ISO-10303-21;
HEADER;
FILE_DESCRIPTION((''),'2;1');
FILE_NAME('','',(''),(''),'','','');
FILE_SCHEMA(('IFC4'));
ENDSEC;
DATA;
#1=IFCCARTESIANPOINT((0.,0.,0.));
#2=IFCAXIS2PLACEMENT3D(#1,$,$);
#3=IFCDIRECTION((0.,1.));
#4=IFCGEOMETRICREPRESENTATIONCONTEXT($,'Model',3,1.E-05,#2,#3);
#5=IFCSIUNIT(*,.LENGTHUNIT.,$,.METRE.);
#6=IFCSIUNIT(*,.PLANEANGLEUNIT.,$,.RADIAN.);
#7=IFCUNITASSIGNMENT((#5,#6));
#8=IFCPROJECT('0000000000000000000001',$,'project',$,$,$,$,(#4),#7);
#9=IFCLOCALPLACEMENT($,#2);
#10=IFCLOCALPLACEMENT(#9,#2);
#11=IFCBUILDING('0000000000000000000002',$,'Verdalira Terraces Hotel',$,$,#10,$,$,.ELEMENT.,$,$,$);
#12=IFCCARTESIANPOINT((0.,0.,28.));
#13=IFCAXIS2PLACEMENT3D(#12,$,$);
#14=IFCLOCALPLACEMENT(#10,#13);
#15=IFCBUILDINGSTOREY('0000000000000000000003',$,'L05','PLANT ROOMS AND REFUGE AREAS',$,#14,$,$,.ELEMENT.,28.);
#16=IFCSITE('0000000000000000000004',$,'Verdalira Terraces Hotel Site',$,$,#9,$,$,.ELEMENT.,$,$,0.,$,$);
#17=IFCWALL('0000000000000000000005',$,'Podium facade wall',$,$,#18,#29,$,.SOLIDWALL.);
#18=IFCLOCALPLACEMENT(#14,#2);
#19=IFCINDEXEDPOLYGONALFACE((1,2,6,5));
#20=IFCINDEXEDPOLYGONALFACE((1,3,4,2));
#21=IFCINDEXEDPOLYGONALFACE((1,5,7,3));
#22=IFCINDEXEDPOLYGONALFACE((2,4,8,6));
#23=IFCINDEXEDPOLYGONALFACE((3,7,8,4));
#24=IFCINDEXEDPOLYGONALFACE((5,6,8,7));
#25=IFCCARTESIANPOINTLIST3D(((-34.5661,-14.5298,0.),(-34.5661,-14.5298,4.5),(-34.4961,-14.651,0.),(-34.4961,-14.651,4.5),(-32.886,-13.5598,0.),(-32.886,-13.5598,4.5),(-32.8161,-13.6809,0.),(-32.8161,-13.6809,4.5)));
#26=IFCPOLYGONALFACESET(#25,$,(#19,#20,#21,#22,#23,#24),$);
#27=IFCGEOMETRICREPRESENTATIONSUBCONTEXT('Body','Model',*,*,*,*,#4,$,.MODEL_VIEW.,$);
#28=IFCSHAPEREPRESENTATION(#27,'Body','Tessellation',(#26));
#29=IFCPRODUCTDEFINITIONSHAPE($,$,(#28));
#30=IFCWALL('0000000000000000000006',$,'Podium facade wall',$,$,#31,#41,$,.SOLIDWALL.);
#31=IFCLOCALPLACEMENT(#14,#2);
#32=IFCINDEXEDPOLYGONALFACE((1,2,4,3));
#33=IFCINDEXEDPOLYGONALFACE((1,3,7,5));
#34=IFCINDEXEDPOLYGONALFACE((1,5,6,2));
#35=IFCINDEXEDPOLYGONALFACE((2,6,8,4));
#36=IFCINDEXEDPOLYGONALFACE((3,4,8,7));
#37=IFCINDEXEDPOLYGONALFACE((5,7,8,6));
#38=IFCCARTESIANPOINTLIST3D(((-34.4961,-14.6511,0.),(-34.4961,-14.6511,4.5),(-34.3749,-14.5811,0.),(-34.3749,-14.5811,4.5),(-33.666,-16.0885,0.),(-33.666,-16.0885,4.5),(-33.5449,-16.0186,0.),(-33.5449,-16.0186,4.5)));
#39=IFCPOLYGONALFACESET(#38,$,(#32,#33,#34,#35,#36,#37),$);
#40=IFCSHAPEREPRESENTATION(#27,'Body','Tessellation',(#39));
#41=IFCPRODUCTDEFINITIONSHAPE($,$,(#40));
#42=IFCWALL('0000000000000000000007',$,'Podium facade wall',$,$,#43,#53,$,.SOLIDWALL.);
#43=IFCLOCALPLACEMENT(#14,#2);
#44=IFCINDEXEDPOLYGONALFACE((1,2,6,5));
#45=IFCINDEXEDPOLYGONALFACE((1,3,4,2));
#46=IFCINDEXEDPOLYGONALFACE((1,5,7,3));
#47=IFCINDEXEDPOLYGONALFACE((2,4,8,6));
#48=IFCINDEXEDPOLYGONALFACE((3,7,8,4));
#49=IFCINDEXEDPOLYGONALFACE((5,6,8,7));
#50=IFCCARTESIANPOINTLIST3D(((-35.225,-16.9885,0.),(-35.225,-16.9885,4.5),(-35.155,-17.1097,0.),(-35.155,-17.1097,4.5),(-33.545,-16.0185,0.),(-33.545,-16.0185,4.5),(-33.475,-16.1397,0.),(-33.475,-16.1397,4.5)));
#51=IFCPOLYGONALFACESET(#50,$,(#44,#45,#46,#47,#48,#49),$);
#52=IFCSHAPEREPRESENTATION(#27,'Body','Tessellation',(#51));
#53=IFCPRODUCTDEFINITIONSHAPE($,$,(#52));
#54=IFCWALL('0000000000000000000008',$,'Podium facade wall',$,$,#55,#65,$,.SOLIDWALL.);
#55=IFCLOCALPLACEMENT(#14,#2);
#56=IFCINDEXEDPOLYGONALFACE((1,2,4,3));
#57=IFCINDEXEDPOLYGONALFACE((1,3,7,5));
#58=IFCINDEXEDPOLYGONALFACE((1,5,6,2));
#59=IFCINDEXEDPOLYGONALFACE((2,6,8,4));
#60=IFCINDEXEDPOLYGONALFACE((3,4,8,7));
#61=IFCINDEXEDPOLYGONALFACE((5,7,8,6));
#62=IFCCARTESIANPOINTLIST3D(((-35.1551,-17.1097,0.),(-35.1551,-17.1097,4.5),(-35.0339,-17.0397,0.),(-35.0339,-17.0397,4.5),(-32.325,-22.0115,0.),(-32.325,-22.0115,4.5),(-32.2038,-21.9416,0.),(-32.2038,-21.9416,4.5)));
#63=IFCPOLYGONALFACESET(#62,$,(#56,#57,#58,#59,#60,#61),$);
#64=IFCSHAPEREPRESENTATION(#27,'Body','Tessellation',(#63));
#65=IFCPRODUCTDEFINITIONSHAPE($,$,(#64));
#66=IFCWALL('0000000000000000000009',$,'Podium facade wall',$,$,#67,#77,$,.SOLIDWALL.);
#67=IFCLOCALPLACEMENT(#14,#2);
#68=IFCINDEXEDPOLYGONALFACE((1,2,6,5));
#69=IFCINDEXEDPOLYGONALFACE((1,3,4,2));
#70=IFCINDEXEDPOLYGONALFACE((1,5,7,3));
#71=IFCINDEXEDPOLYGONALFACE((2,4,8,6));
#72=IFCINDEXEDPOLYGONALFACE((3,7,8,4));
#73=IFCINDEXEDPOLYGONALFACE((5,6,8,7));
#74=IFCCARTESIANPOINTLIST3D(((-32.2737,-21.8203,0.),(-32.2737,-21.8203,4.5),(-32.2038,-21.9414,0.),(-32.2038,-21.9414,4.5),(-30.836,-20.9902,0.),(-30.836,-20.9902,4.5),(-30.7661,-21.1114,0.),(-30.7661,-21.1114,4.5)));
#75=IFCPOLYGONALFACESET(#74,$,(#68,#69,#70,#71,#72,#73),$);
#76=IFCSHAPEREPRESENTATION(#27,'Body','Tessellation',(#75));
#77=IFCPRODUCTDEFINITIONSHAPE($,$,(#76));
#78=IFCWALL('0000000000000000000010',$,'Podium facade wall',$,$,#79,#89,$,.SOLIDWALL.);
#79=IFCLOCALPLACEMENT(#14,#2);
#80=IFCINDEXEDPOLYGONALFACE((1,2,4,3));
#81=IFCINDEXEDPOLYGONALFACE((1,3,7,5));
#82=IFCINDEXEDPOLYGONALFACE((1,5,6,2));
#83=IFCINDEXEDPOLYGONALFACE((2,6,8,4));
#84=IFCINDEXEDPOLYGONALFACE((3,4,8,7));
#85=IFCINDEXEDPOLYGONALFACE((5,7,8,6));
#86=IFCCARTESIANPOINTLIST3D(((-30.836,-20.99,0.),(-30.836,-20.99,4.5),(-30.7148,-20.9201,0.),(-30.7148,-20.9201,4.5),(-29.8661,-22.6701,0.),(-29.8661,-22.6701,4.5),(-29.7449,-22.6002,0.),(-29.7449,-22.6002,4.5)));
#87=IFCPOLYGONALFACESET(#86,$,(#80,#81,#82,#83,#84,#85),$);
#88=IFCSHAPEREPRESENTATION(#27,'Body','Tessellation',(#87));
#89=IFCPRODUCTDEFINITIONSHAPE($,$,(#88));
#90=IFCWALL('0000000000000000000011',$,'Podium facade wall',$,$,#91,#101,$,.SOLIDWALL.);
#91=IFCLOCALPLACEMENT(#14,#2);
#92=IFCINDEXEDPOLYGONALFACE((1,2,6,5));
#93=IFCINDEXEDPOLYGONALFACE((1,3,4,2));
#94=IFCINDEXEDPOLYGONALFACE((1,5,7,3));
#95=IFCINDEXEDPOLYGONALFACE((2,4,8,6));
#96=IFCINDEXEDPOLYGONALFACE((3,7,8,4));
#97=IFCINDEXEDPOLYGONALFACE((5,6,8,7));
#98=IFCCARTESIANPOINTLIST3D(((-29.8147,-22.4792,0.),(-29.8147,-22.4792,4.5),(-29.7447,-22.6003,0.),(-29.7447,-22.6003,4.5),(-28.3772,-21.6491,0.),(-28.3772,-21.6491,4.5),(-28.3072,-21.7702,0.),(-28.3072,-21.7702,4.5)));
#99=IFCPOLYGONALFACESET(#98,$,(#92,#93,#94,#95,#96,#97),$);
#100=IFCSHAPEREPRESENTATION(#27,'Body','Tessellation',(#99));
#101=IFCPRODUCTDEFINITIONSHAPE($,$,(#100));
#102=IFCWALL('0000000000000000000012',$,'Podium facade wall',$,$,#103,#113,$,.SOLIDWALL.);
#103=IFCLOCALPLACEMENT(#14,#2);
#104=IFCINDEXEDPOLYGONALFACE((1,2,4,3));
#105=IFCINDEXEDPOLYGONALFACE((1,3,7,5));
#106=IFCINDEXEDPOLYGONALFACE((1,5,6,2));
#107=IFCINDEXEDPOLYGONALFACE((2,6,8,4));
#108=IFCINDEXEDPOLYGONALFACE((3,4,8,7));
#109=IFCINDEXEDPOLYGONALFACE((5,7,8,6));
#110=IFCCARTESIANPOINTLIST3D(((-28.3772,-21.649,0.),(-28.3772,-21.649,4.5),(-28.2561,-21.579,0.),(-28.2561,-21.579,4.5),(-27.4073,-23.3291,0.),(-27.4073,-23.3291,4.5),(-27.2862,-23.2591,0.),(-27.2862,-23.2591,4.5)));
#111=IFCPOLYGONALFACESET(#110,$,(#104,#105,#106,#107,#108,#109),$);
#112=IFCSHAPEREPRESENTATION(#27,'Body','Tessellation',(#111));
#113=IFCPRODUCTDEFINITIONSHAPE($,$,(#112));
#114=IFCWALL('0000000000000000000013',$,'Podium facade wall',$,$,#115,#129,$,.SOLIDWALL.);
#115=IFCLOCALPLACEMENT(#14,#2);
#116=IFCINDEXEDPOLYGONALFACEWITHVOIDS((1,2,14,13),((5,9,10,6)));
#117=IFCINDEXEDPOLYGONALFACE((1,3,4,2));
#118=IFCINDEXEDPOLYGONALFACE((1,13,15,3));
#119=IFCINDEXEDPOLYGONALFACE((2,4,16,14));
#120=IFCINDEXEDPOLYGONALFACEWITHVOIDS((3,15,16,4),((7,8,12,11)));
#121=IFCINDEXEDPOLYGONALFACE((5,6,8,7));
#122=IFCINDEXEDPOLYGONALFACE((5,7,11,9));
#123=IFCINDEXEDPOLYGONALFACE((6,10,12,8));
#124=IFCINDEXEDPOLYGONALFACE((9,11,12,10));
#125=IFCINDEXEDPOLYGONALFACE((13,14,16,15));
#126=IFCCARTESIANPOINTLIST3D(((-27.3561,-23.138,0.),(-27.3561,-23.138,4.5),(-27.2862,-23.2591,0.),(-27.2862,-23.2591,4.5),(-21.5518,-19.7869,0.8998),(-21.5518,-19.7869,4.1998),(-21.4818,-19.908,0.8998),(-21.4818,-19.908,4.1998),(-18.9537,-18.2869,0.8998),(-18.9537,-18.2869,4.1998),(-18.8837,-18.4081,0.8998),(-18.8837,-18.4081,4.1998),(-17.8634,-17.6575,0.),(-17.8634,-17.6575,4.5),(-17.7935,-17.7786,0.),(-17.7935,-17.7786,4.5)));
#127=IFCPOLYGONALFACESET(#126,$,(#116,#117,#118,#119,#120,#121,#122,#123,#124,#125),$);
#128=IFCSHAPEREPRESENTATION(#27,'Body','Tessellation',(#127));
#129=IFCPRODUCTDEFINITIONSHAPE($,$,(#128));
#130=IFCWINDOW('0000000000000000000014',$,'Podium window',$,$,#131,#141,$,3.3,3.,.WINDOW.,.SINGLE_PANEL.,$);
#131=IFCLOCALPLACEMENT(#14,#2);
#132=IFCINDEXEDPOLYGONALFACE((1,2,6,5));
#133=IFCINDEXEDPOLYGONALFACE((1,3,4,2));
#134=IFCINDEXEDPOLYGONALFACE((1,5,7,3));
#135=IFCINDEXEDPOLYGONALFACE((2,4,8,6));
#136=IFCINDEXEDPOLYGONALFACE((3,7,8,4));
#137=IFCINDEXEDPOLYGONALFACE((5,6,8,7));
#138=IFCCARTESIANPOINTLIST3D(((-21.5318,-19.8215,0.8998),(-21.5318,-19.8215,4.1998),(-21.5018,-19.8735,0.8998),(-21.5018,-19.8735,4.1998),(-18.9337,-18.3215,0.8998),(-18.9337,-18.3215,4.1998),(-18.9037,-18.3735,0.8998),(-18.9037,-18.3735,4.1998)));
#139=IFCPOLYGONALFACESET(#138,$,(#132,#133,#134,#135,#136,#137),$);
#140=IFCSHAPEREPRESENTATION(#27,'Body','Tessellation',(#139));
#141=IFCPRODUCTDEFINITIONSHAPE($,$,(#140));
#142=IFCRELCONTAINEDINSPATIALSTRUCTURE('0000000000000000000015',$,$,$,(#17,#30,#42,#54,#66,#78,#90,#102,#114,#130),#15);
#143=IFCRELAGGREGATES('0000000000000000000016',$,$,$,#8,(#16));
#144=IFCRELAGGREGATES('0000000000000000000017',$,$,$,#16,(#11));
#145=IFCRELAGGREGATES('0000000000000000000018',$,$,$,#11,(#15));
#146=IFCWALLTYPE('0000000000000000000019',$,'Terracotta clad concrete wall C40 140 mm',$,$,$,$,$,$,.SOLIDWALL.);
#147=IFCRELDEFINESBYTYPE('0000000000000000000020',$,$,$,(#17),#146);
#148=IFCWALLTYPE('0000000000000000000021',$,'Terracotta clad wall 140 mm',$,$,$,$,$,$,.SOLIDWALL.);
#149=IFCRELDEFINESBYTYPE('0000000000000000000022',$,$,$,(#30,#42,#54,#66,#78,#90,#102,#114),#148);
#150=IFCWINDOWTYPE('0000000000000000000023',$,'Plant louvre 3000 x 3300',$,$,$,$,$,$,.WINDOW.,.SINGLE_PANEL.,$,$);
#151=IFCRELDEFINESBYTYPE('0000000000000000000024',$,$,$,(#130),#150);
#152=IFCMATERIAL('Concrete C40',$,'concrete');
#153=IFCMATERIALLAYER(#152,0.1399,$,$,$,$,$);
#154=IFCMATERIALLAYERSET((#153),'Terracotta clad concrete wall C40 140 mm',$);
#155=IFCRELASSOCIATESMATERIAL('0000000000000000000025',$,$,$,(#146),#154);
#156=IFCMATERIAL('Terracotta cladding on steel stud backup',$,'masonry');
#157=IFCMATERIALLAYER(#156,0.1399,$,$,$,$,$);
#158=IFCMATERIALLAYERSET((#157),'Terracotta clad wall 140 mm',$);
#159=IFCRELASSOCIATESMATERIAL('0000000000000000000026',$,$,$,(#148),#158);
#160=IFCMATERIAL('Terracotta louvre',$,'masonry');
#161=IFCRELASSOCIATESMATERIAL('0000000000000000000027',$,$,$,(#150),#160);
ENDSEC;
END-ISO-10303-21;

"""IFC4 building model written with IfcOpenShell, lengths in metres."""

from ifc_helpers import new_model, si_unit, direction, frame, frame_2d, origin, place, context, subcontext, project, spatial, rectangle, extrude, material, layer, layer_set, type_object, element, fill, save


model = new_model("IFC4")

# Units and contexts
model_context = context("Model", 3, precision=1e-05, world=origin(), true_north=direction((0.0, 1.0)))
body_context = subcontext(model_context, "Body", "Model", "MODEL_VIEW")
ifc_project = project(units=[si_unit("LENGTHUNIT", "METRE"), si_unit("PLANEANGLEUNIT", "RADIAN")], contexts=[model_context])

# Site, building, storey
site_placement = place(None, origin())
site = spatial("IfcSite", under=ifc_project, at=site_placement, Name="Verdalira Terraces Hotel Site", CompositionType="ELEMENT", RefElevation=0.0)
building_placement = place(site_placement, origin())
building = spatial("IfcBuilding", under=site, at=building_placement, Name="Verdalira Terraces Hotel", CompositionType="ELEMENT")
storey_placement = place(building_placement, frame((0.0, 0.0, 28.0)))
storey = spatial("IfcBuildingStorey", under=building, at=storey_placement, Name="L05", Description="PLANT ROOMS AND REFUGE AREAS", CompositionType="ELEMENT", Elevation=28.0)

# Shared definitions
ifc_material_1 = material(Name="Concrete C40", Category="concrete")
ifc_layer_1 = layer(ifc_material_1, 0.1399)
ifc_layer_set_1 = layer_set([ifc_layer_1], Name="Terracotta clad concrete wall C40 140 mm")
wall_type_1 = type_object("IfcWallType", Name="Terracotta clad concrete wall C40 140 mm", PredefinedType="SOLIDWALL", material=ifc_layer_set_1)

# Walls
wall_1_placement = place(storey_placement, frame((-32.8511, -13.6204, 0.0), z_axis=(0.0, 0.0, 1.0), x_axis=(-0.866012, -0.500024, 0.0)))
element("IfcWall", 1, at=wall_1_placement, inside=storey, type_object=wall_type_1, Name="Podium facade wall", PredefinedType="SOLIDWALL", context=body_context, shape_type="SweptSolid", body=[
    extrude(rectangle(XDim=1.9399, YDim=0.1399, at=frame_2d((0.97, 0.0))), origin(), (0.0, 0.0, 1.0), 4.5),
])
ifc_material_2 = material(Name="Terracotta cladding on steel stud backup", Category="masonry")
ifc_layer_2 = layer(ifc_material_2, 0.1399)
ifc_layer_set_2 = layer_set([ifc_layer_2], Name="Terracotta clad wall 140 mm")
wall_type_2 = type_object("IfcWallType", Name="Terracotta clad wall 140 mm", PredefinedType="SOLIDWALL", material=ifc_layer_set_2)
wall_2_placement = place(storey_placement, frame((-34.4355, -14.616, 0.0), z_axis=(0.0, 0.0, 1.0), x_axis=(0.500062, -0.86599, 0.0)))
element("IfcWall", 2, at=wall_2_placement, inside=storey, type_object=wall_type_2, Name="Podium facade wall", PredefinedType="SOLIDWALL", context=body_context, shape_type="SweptSolid", body=[
    extrude(rectangle(XDim=1.6599, YDim=0.1399, at=frame_2d((0.8301, 0.0))), origin(), (0.0, 0.0, 1.0), 4.5),
])
wall_3_placement = place(storey_placement, frame((-33.51, -16.0791, 0.0), z_axis=(0.0, 0.0, 1.0), x_axis=(-0.866012, -0.500024, 0.0)))
element("IfcWall", 3, at=wall_3_placement, inside=storey, type_object=wall_type_2, Name="Podium facade wall", PredefinedType="SOLIDWALL", context=body_context, shape_type="SweptSolid", body=[
    extrude(rectangle(XDim=1.9399, YDim=0.1399, at=frame_2d((0.97, 0.0))), origin(), (0.0, 0.0, 1.0), 4.5),
])
wall_4_placement = place(storey_placement, frame((-35.0945, -17.0747, 0.0), z_axis=(0.0, 0.0, 1.0), x_axis=(0.499999, -0.866026, 0.0)))
element("IfcWall", 4, at=wall_4_placement, inside=storey, type_object=wall_type_2, Name="Podium facade wall", PredefinedType="SOLIDWALL", context=body_context, shape_type="SweptSolid", body=[
    extrude(rectangle(XDim=5.6602, YDim=0.1399, at=frame_2d((2.8301, 0.0))), origin(), (0.0, 0.0, 1.0), 4.5),
])
wall_5_placement = place(storey_placement, frame((-32.2388, -21.8809, 0.0), z_axis=(0.0, 0.0, 1.0), x_axis=(0.866026, 0.499998, 0.0)))
element("IfcWall", 5, at=wall_5_placement, inside=storey, type_object=wall_type_2, Name="Podium facade wall", PredefinedType="SOLIDWALL", context=body_context, shape_type="SweptSolid", body=[
    extrude(rectangle(XDim=1.6602, YDim=0.1399, at=frame_2d((0.8301, 0.0))), origin(), (0.0, 0.0, 1.0), 4.5),
])
wall_6_placement = place(storey_placement, frame((-30.7754, -20.9551, 0.0), z_axis=(0.0, 0.0, 1.0), x_axis=(0.499969, -0.866043, 0.0)))
element("IfcWall", 6, at=wall_6_placement, inside=storey, type_object=wall_type_2, Name="Podium facade wall", PredefinedType="SOLIDWALL", context=body_context, shape_type="SweptSolid", body=[
    extrude(rectangle(XDim=1.9399, YDim=0.1399, at=frame_2d((0.97, 0.0))), origin(), (0.0, 0.0, 1.0), 4.5),
])
wall_7_placement = place(storey_placement, frame((-29.7798, -22.5398, 0.0), z_axis=(0.0, 0.0, 1.0), x_axis=(0.86599, 0.500062, 0.0)))
element("IfcWall", 7, at=wall_7_placement, inside=storey, type_object=wall_type_2, Name="Podium facade wall", PredefinedType="SOLIDWALL", context=body_context, shape_type="SweptSolid", body=[
    extrude(rectangle(XDim=1.6599, YDim=0.1399, at=frame_2d((0.8301, 0.0))), origin(), (0.0, 0.0, 1.0), 4.5),
])
wall_8_placement = place(storey_placement, frame((-28.3166, -21.614, 0.0), z_axis=(0.0, 0.0, 1.0), x_axis=(0.499969, -0.866043, 0.0)))
element("IfcWall", 8, at=wall_8_placement, inside=storey, type_object=wall_type_2, Name="Podium facade wall", PredefinedType="SOLIDWALL", context=body_context, shape_type="SweptSolid", body=[
    extrude(rectangle(XDim=1.9399, YDim=0.1399, at=frame_2d((0.97, 0.0))), origin(), (0.0, 0.0, 1.0), 4.5),
])

# Wall, opening, window
wall_9_placement = place(storey_placement, frame((-27.321, -23.1985, 0.0), z_axis=(0.0, 0.0, 1.0), x_axis=(0.866031, 0.499991, 0.0)))
wall_9 = element("IfcWall", 9, at=wall_9_placement, inside=storey, type_object=wall_type_2, Name="Podium facade wall", PredefinedType="SOLIDWALL", context=body_context, shape_type="SweptSolid", body=[
    extrude(rectangle(XDim=10.9612, YDim=0.1399, at=frame_2d((5.4805, 0.0))), origin(), (0.0, 0.0, 1.0), 4.5),
])
opening_1_placement = place(wall_9_placement, frame((6.7021, 0.0, 0.8999)))
opening_1 = element("IfcOpeningElement", 10, at=opening_1_placement, cuts=wall_9, PredefinedType="OPENING", context=body_context, shape_type="SweptSolid", body=[
    extrude(rectangle(XDim=3.0, YDim=3.3, at=frame_2d((1.5, 1.6499))), frame((0.0, 0.0798, 0.0), z_axis=(0.0, -1.0, 0.0), x_axis=(1.0, 0.0, 0.0)), (0.0, 0.0, 1.0), 0.1599),
])
ifc_material_3 = material(Name="Terracotta louvre", Category="masonry")
window_type_1 = type_object("IfcWindowType", Name="Plant louvre 3000 x 3300", PartitioningType="SINGLE_PANEL", PredefinedType="WINDOW", material=ifc_material_3)
window_1_placement = place(opening_1_placement, origin())
window_1 = element("IfcWindow", 11, at=window_1_placement, inside=storey, type_object=window_type_1, Name="Podium window", OverallHeight=3.3, OverallWidth=3.0, PartitioningType="SINGLE_PANEL", PredefinedType="WINDOW", context=body_context, shape_type="SweptSolid", body=[
    extrude(rectangle(XDim=3.0, YDim=3.3, at=frame_2d((1.5, 1.6499))), frame((0.0, 0.03, 0.0), z_axis=(0.0, -1.0, 0.0), x_axis=(1.0, 0.0, 0.0)), (0.0, 0.0, 1.0), 0.0601),
])
fill(opening_1, window_1)

save(model, "model.ifc")
